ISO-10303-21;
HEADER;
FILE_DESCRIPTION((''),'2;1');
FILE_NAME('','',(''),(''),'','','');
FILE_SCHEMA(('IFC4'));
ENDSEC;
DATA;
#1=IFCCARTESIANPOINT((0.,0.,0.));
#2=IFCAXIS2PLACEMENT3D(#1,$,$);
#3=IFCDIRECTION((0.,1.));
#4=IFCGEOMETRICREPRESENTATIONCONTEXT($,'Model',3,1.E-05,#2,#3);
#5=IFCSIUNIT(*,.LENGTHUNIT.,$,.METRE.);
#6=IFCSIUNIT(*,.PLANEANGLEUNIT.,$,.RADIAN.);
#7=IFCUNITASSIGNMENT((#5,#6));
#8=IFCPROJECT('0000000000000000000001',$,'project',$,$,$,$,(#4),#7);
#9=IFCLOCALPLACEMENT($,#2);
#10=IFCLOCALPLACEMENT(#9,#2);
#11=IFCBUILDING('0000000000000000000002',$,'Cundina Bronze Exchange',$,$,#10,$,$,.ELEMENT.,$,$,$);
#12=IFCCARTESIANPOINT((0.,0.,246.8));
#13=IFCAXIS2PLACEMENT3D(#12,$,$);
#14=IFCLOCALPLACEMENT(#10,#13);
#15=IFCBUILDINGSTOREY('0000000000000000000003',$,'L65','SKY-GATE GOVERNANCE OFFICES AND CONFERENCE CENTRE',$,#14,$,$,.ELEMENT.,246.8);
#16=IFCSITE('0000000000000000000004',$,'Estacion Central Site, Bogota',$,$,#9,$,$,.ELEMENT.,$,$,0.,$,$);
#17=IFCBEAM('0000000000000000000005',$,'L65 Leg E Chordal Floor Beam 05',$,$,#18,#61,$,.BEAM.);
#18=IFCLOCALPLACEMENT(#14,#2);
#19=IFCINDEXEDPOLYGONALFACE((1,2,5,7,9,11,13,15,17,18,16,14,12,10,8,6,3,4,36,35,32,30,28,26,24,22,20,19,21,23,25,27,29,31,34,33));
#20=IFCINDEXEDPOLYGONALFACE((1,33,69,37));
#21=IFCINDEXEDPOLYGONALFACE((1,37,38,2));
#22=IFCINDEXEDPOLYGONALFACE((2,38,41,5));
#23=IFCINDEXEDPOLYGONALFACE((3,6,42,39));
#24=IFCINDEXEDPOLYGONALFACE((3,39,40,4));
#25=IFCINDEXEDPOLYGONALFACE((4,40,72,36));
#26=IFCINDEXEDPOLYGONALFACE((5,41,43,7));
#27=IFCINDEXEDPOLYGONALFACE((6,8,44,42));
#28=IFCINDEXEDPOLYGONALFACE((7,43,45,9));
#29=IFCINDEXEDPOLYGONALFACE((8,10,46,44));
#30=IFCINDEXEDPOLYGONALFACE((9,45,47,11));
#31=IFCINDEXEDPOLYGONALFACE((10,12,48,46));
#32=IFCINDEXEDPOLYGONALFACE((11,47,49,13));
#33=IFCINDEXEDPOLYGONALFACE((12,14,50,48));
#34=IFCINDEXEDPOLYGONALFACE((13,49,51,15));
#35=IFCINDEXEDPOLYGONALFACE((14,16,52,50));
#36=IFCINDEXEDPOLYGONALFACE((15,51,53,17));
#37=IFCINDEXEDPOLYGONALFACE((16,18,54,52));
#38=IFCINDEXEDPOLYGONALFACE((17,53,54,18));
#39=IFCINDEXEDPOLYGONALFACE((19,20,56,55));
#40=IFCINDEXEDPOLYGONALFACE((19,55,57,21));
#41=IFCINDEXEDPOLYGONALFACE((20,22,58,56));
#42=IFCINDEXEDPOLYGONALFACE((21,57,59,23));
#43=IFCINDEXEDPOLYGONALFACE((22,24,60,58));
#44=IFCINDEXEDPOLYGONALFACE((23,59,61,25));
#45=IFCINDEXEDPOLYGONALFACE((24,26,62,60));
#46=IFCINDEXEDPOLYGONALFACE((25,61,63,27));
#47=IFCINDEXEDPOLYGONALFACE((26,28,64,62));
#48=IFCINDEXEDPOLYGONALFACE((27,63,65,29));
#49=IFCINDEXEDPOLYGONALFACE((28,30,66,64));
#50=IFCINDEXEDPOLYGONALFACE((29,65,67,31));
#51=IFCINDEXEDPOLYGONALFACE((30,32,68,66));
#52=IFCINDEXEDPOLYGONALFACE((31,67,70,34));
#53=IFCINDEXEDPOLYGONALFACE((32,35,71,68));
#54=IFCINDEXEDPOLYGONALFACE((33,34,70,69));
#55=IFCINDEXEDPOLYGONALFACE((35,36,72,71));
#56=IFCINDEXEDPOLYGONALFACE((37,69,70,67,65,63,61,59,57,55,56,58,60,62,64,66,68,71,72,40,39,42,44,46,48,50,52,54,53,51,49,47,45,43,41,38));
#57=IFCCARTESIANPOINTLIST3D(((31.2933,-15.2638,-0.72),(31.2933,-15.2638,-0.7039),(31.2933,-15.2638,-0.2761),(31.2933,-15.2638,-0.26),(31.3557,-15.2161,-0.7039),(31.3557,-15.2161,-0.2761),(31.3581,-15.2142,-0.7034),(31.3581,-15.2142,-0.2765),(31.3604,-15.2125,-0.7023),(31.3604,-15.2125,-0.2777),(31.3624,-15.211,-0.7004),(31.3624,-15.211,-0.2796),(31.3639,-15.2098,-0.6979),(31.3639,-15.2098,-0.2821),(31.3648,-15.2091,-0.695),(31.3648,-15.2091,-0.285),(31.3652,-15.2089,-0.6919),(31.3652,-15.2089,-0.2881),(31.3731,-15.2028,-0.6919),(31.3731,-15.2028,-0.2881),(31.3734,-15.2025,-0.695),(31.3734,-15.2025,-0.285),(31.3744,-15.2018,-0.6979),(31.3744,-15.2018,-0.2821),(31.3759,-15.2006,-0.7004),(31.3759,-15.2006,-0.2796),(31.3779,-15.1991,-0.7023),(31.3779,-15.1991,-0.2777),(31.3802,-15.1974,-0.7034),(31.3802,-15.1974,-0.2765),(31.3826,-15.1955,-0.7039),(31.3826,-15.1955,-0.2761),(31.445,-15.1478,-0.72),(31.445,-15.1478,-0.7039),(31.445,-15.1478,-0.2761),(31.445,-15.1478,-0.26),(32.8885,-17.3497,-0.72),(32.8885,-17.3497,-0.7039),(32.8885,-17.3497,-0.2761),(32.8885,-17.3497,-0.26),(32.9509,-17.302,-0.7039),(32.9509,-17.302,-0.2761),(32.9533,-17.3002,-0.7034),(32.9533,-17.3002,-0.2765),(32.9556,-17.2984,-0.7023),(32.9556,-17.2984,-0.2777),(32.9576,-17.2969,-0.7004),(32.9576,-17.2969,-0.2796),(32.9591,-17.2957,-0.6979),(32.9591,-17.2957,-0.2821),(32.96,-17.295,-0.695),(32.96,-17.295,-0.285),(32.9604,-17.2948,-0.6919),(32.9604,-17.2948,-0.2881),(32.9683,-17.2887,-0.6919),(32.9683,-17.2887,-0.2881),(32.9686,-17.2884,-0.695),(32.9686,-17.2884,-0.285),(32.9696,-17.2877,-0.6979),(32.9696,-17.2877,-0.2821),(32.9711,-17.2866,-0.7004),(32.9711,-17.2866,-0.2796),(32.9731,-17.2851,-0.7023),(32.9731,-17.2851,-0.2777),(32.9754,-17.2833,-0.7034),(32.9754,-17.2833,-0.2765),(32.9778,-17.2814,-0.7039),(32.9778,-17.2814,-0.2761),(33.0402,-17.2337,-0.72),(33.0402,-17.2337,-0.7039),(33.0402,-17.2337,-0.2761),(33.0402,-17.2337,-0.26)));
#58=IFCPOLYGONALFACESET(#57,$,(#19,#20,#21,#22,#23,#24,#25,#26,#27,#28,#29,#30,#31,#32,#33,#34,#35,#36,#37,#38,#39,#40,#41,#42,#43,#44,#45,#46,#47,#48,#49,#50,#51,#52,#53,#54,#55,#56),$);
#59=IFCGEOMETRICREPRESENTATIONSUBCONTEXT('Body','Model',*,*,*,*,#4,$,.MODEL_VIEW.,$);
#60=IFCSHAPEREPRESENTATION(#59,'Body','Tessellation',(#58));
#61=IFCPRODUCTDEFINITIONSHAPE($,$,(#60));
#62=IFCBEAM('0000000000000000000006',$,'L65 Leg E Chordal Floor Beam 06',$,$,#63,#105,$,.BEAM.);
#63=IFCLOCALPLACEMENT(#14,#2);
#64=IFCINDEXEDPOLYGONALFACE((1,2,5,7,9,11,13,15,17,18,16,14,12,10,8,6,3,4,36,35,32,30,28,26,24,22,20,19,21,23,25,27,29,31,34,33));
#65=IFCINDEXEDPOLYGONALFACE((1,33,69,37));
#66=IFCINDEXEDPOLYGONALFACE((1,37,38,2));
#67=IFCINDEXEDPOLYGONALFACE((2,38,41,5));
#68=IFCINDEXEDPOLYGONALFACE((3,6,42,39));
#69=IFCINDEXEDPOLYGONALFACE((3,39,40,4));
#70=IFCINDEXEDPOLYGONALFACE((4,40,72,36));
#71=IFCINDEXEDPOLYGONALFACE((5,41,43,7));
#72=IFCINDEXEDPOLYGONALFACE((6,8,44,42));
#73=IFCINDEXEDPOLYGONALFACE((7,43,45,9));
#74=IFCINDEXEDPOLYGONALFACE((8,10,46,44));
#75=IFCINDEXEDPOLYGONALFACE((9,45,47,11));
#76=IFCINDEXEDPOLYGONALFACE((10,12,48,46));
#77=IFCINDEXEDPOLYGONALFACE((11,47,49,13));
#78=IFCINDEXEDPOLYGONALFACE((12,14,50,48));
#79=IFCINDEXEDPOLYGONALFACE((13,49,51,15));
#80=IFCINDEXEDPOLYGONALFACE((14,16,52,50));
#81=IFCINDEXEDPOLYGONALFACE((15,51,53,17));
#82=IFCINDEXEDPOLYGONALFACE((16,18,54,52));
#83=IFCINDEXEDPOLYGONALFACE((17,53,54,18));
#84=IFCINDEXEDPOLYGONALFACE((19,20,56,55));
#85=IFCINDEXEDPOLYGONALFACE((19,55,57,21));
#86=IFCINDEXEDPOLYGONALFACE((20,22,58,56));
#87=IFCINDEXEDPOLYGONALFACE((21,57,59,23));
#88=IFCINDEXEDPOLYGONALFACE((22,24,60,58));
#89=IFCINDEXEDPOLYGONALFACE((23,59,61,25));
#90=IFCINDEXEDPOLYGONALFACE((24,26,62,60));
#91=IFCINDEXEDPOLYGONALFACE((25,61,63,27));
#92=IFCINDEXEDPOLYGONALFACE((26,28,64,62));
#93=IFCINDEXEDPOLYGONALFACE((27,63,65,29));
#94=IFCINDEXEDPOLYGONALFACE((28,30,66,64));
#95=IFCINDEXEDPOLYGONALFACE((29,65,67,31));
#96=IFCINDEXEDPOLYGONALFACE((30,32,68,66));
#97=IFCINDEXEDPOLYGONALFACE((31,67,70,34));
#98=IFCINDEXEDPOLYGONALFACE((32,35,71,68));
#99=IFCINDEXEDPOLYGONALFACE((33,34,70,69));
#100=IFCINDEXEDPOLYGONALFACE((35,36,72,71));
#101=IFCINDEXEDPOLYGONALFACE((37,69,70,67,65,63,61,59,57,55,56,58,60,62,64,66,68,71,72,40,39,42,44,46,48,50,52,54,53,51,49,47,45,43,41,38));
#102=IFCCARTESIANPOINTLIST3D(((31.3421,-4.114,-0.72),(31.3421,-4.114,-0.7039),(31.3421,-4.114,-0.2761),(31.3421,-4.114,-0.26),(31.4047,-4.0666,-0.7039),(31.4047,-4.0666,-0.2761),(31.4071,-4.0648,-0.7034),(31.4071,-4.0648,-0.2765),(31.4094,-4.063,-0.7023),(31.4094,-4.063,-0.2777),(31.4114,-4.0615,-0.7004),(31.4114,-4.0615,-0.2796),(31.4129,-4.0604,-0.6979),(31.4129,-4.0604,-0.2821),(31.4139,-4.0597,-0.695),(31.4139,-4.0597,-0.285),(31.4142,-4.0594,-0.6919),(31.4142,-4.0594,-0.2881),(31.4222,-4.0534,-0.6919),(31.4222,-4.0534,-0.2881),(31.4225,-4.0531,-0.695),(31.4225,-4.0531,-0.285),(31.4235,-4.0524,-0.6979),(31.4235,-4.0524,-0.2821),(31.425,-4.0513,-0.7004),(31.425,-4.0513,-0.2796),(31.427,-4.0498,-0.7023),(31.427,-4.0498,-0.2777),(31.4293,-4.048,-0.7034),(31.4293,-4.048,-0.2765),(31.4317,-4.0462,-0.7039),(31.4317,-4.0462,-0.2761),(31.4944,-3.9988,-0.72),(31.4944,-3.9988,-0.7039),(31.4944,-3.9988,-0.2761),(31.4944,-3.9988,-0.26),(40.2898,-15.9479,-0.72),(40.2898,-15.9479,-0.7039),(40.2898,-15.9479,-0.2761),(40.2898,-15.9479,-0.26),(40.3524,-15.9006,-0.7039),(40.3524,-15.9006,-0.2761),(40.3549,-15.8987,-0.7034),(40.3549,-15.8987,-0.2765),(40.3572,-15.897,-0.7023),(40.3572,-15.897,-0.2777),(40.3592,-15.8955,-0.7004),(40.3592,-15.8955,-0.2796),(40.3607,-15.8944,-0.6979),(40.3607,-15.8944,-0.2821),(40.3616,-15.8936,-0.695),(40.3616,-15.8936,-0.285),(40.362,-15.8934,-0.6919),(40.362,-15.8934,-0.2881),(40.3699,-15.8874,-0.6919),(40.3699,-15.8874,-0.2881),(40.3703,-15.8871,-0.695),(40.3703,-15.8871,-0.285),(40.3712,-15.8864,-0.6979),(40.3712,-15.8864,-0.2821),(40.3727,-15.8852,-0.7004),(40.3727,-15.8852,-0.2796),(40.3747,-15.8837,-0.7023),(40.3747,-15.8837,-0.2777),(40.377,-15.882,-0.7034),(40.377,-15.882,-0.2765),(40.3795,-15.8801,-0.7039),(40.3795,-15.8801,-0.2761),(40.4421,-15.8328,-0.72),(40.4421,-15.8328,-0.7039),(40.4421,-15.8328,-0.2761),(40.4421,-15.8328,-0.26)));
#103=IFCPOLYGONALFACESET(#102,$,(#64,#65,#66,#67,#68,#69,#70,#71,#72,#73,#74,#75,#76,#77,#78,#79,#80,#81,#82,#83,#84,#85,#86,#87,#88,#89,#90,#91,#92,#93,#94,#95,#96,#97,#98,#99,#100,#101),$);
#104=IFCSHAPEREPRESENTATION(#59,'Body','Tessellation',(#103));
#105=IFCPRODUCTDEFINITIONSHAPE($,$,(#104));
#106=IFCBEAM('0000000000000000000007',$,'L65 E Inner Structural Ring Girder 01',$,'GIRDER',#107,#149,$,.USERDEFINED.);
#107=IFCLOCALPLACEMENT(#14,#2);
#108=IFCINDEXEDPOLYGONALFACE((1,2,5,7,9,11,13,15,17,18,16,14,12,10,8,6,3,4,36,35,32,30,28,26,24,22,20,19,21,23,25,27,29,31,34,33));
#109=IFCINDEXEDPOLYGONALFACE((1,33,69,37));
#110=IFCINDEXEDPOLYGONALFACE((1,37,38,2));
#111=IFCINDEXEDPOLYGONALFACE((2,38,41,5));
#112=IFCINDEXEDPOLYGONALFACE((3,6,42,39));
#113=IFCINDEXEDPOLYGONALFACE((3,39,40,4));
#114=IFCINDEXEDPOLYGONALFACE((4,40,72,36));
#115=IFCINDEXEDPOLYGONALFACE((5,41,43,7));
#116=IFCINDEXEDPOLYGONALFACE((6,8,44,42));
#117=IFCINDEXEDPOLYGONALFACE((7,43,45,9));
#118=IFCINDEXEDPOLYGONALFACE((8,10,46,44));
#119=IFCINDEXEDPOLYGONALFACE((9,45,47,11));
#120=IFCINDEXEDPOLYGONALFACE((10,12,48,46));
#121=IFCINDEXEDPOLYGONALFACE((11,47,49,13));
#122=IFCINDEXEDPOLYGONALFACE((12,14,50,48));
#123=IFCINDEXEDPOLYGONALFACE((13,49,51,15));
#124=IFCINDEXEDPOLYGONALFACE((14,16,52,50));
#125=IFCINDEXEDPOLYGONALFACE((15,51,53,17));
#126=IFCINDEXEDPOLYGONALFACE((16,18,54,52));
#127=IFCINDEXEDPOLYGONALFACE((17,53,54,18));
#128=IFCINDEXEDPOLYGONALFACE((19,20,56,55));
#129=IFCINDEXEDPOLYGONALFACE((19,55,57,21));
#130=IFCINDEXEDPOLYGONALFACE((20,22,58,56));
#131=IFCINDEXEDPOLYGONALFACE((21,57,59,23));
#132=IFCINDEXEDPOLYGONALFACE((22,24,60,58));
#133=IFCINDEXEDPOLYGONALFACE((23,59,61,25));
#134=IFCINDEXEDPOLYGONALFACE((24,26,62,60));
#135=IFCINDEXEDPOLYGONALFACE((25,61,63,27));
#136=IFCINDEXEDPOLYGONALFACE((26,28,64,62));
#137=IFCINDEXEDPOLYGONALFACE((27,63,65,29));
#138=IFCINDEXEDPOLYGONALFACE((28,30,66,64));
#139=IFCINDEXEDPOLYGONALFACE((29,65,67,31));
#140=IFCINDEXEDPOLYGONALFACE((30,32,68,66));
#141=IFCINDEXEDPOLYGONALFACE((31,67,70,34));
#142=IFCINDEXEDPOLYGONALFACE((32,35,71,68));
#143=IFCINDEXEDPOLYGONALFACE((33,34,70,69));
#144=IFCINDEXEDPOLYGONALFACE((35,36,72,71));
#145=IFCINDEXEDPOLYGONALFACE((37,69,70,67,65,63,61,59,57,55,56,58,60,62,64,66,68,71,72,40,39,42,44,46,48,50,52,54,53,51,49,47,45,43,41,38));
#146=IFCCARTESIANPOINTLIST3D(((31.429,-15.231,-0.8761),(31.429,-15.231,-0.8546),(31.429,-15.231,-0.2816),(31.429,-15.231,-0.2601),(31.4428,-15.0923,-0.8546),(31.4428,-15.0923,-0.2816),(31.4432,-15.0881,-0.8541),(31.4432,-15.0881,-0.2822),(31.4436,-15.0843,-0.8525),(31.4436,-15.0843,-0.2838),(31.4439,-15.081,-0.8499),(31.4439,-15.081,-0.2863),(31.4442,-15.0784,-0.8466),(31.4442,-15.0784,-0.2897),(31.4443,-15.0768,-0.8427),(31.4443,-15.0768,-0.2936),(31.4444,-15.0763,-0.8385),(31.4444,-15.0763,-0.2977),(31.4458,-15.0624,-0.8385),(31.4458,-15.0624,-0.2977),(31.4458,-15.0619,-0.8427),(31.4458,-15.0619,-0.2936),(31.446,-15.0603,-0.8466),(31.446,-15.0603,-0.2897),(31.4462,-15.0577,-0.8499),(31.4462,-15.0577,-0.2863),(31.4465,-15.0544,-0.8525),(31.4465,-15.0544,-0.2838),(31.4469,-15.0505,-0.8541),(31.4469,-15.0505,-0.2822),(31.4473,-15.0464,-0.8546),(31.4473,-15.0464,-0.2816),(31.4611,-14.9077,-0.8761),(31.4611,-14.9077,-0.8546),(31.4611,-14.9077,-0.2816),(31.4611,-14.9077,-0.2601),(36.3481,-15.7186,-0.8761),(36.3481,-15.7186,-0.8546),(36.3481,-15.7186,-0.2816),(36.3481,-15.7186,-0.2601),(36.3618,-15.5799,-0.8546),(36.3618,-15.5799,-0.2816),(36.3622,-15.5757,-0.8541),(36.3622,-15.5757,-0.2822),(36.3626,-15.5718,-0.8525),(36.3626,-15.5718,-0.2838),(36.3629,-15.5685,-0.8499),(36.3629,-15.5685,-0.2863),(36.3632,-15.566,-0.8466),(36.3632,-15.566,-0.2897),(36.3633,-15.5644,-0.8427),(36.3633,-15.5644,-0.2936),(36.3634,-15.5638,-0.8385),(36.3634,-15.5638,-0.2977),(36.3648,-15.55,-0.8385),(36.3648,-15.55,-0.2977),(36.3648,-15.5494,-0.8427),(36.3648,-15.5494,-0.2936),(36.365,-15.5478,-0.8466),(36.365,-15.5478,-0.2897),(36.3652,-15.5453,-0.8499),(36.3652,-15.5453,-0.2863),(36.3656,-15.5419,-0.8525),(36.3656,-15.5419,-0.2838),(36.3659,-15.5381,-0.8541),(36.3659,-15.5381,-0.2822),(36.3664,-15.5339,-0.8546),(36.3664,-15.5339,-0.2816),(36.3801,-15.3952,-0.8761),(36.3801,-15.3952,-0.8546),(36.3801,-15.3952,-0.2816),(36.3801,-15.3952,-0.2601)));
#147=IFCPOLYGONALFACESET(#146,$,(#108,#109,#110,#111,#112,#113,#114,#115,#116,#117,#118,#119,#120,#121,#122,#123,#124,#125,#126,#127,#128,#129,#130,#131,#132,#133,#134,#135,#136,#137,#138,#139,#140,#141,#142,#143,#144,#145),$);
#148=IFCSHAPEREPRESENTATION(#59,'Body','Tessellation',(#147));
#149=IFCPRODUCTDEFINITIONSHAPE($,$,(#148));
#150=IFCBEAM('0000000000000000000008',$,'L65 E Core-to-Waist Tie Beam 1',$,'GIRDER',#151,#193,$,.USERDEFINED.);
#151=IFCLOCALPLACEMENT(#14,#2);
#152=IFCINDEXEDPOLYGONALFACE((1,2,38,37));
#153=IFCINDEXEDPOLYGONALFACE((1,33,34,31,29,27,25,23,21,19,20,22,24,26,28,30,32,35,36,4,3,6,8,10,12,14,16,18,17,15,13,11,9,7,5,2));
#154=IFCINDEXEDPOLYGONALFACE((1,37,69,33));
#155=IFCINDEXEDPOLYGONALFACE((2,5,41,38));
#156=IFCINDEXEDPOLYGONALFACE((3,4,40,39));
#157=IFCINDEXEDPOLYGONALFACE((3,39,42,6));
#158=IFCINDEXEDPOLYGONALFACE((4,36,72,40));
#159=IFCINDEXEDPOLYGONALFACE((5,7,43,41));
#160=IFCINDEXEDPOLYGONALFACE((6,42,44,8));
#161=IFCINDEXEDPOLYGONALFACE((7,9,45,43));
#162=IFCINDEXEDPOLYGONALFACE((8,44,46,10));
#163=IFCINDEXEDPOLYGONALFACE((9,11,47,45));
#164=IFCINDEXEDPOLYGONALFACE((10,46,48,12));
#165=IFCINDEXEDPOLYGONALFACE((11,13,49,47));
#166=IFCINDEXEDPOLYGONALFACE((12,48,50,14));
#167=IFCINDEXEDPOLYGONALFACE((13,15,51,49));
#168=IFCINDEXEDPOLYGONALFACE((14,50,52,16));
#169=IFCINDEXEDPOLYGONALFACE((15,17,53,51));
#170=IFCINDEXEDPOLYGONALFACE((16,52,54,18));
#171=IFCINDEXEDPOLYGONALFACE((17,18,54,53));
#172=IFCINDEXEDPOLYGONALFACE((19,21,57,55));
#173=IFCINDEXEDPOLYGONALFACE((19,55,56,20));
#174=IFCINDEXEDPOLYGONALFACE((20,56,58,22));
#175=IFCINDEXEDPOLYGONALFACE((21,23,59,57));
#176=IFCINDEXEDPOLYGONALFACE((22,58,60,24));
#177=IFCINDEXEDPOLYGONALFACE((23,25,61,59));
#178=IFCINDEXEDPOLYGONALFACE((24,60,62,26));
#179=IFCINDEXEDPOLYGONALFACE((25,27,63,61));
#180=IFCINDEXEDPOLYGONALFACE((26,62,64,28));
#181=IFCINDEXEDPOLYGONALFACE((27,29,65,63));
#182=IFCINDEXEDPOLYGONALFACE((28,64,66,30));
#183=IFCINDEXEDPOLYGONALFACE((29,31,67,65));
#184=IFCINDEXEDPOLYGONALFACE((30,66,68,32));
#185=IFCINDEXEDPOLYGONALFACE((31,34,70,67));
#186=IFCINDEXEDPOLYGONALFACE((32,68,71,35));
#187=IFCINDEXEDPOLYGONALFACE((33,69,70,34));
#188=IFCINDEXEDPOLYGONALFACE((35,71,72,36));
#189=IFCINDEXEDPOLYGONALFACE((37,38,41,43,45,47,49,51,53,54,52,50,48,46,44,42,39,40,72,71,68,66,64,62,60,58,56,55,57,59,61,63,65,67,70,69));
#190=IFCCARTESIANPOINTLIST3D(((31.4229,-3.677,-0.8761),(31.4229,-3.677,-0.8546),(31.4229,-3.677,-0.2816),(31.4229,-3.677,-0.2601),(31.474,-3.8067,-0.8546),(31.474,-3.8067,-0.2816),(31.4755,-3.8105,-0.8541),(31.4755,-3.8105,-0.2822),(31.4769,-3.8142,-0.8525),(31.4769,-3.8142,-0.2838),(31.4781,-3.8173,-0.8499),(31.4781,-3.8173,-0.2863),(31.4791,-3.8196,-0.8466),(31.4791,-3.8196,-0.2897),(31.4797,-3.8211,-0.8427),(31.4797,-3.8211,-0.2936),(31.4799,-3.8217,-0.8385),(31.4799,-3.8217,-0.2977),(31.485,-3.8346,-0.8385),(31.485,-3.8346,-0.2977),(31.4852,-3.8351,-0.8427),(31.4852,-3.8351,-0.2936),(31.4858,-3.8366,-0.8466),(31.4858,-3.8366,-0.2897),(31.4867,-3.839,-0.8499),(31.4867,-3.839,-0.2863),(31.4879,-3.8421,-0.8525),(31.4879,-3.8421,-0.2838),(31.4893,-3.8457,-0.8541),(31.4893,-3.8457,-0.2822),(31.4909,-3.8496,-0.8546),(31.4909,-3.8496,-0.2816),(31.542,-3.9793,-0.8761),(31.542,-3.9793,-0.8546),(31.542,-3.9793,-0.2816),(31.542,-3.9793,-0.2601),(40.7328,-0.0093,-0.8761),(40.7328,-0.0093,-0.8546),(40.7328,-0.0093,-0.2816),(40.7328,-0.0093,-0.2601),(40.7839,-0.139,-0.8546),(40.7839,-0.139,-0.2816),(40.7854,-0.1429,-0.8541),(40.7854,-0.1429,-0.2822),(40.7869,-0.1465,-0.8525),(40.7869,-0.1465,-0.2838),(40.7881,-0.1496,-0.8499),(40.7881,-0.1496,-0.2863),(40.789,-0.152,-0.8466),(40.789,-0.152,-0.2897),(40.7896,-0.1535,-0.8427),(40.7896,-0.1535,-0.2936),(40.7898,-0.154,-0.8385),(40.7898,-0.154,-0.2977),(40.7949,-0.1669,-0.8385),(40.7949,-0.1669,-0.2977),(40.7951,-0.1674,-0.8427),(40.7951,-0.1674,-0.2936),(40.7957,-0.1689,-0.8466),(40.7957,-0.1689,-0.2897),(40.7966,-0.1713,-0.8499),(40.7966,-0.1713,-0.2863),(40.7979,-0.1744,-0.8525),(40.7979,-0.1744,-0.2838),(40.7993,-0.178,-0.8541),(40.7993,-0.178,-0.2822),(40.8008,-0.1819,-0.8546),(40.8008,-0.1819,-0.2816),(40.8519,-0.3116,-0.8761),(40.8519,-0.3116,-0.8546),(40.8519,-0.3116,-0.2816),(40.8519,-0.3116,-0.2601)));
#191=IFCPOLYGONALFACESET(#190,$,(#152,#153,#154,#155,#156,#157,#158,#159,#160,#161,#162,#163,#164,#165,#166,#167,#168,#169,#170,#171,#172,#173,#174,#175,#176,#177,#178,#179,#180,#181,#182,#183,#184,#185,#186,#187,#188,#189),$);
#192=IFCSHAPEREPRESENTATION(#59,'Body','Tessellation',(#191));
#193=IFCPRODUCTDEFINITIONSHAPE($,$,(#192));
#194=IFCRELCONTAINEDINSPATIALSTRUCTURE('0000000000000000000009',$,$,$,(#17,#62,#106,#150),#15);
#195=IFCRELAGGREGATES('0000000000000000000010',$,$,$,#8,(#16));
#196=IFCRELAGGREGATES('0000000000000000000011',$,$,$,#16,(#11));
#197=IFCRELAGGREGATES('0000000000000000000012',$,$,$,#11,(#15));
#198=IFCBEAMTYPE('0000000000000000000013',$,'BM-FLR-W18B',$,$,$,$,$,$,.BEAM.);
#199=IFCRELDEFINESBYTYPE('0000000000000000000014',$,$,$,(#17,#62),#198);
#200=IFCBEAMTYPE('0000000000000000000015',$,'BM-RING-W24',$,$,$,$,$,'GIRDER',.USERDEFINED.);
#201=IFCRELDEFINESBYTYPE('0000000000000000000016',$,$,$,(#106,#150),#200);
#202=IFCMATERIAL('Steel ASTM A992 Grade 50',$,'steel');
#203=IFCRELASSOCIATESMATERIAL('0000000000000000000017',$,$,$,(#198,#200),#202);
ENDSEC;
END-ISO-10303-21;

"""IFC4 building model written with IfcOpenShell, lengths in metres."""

from ifc_helpers import new_model, si_unit, direction, frame, origin, origin_2d, place, context, subcontext, project, spatial, i_section, extrude, material, material_profile, profile_set, type_object, element, save


model = new_model("IFC4")

# Units and contexts
model_context = context("Model", 3, precision=1e-05, world=origin(), true_north=direction((0.0, 1.0)))
body_context = subcontext(model_context, "Body", "Model", "MODEL_VIEW")
ifc_project = project(units=[si_unit("LENGTHUNIT", "METRE"), si_unit("PLANEANGLEUNIT", "RADIAN")], contexts=[model_context])

# Site, building, storey
site_placement = place(None, origin())
site = spatial("IfcSite", under=ifc_project, at=site_placement, Name="Estacion Central Site, Bogota", CompositionType="ELEMENT", RefElevation=0.0)
building_placement = place(site_placement, origin())
building = spatial("IfcBuilding", under=site, at=building_placement, Name="Cundina Bronze Exchange", CompositionType="ELEMENT")
storey_placement = place(building_placement, frame((0.0, 0.0, 246.8)))
storey = spatial("IfcBuildingStorey", under=building, at=storey_placement, Name="L65", Description="SKY-GATE GOVERNANCE OFFICES AND CONFERENCE CENTRE", CompositionType="ELEMENT", Elevation=246.8)

# Shared definitions
ifc_material_1 = material(Name="Steel ASTM A992 Grade 50", Category="steel")

# Beams
ifc_material_profile_1 = material_profile(ifc_material_1, i_section(OverallWidth=0.1909, OverallDepth=0.46, WebThickness=0.01, FlangeThickness=0.0161, FilletRadius=0.012, at=origin_2d()), Name="W18X55", Category="steel")
ifc_profile_set_1 = profile_set([ifc_material_profile_1], Name="Steel ASTM A992 Grade 50")
beam_type_1 = type_object("IfcBeamType", Name="BM-FLR-W18B", PredefinedType="BEAM", material=ifc_profile_set_1)
beam_1_placement = place(storey_placement, frame((31.3691, -15.2058, -0.49), z_axis=(0.607471, -0.794342, 0.0), x_axis=(0.794342, 0.607471, 0.0)))
element("IfcBeam", 1, at=beam_1_placement, inside=storey, type_object=beam_type_1, Name="L65 Leg E Chordal Floor Beam 05", PredefinedType="BEAM", context=body_context, shape_type="SweptSolid", body=[
    extrude(i_section(OverallWidth=0.1909, OverallDepth=0.46, WebThickness=0.01, FlangeThickness=0.0161, FilletRadius=0.012, at=origin_2d()), origin(), (0.0, 0.0, 1.0), 2.626),
])
beam_2_placement = place(storey_placement, frame((31.4182, -4.0564, -0.49), z_axis=(0.603113, -0.797656, 0.0), x_axis=(0.797656, 0.603113, 0.0)))
element("IfcBeam", 2, at=beam_2_placement, inside=storey, type_object=beam_type_1, Name="L65 Leg E Chordal Floor Beam 06", PredefinedType="BEAM", context=body_context, shape_type="SweptSolid", body=[
    extrude(i_section(OverallWidth=0.1909, OverallDepth=0.46, WebThickness=0.01, FlangeThickness=0.0161, FilletRadius=0.012, at=origin_2d()), origin(), (0.0, 0.0, 1.0), 14.8359),
])
ifc_material_profile_2 = material_profile(ifc_material_1, i_section(OverallWidth=0.325, OverallDepth=0.616, WebThickness=0.0139, FlangeThickness=0.0215, FilletRadius=0.0161, at=origin_2d()), Name="W24X117", Category="steel")
ifc_profile_set_2 = profile_set([ifc_material_profile_2], Name="Steel ASTM A992 Grade 50")
beam_type_2 = type_object("IfcBeamType", Name="BM-RING-W24", ElementType="GIRDER", PredefinedType="USERDEFINED", material=ifc_profile_set_2)
beam_3_placement = place(storey_placement, frame((31.4451, -15.0693, -0.5681), z_axis=(0.995124, -0.098633, 0.0), x_axis=(0.098633, 0.995124, 0.0)))
element("IfcBeam", 3, at=beam_3_placement, inside=storey, type_object=beam_type_2, Name="L65 E Inner Structural Ring Girder 01", ObjectType="GIRDER", PredefinedType="USERDEFINED", context=body_context, shape_type="SweptSolid", body=[
    extrude(i_section(OverallWidth=0.325, OverallDepth=0.616, WebThickness=0.0139, FlangeThickness=0.0215, FilletRadius=0.0161, at=origin_2d()), origin(), (0.0, 0.0, 1.0), 4.9431),
])
beam_4_placement = place(storey_placement, frame((31.4824, -3.8281, -0.5681), z_axis=(0.930404, 0.366535, 0.0), x_axis=(-0.366535, 0.930404, 0.0)))
element("IfcBeam", 4, at=beam_4_placement, inside=storey, type_object=beam_type_2, Name="L65 E Core-to-Waist Tie Beam 1", ObjectType="GIRDER", PredefinedType="USERDEFINED", context=body_context, shape_type="SweptSolid", body=[
    extrude(i_section(OverallWidth=0.325, OverallDepth=0.616, WebThickness=0.0139, FlangeThickness=0.0215, FilletRadius=0.0161, at=origin_2d()), origin(), (0.0, 0.0, 1.0), 10.0063),
])

save(model, "model.ifc")
